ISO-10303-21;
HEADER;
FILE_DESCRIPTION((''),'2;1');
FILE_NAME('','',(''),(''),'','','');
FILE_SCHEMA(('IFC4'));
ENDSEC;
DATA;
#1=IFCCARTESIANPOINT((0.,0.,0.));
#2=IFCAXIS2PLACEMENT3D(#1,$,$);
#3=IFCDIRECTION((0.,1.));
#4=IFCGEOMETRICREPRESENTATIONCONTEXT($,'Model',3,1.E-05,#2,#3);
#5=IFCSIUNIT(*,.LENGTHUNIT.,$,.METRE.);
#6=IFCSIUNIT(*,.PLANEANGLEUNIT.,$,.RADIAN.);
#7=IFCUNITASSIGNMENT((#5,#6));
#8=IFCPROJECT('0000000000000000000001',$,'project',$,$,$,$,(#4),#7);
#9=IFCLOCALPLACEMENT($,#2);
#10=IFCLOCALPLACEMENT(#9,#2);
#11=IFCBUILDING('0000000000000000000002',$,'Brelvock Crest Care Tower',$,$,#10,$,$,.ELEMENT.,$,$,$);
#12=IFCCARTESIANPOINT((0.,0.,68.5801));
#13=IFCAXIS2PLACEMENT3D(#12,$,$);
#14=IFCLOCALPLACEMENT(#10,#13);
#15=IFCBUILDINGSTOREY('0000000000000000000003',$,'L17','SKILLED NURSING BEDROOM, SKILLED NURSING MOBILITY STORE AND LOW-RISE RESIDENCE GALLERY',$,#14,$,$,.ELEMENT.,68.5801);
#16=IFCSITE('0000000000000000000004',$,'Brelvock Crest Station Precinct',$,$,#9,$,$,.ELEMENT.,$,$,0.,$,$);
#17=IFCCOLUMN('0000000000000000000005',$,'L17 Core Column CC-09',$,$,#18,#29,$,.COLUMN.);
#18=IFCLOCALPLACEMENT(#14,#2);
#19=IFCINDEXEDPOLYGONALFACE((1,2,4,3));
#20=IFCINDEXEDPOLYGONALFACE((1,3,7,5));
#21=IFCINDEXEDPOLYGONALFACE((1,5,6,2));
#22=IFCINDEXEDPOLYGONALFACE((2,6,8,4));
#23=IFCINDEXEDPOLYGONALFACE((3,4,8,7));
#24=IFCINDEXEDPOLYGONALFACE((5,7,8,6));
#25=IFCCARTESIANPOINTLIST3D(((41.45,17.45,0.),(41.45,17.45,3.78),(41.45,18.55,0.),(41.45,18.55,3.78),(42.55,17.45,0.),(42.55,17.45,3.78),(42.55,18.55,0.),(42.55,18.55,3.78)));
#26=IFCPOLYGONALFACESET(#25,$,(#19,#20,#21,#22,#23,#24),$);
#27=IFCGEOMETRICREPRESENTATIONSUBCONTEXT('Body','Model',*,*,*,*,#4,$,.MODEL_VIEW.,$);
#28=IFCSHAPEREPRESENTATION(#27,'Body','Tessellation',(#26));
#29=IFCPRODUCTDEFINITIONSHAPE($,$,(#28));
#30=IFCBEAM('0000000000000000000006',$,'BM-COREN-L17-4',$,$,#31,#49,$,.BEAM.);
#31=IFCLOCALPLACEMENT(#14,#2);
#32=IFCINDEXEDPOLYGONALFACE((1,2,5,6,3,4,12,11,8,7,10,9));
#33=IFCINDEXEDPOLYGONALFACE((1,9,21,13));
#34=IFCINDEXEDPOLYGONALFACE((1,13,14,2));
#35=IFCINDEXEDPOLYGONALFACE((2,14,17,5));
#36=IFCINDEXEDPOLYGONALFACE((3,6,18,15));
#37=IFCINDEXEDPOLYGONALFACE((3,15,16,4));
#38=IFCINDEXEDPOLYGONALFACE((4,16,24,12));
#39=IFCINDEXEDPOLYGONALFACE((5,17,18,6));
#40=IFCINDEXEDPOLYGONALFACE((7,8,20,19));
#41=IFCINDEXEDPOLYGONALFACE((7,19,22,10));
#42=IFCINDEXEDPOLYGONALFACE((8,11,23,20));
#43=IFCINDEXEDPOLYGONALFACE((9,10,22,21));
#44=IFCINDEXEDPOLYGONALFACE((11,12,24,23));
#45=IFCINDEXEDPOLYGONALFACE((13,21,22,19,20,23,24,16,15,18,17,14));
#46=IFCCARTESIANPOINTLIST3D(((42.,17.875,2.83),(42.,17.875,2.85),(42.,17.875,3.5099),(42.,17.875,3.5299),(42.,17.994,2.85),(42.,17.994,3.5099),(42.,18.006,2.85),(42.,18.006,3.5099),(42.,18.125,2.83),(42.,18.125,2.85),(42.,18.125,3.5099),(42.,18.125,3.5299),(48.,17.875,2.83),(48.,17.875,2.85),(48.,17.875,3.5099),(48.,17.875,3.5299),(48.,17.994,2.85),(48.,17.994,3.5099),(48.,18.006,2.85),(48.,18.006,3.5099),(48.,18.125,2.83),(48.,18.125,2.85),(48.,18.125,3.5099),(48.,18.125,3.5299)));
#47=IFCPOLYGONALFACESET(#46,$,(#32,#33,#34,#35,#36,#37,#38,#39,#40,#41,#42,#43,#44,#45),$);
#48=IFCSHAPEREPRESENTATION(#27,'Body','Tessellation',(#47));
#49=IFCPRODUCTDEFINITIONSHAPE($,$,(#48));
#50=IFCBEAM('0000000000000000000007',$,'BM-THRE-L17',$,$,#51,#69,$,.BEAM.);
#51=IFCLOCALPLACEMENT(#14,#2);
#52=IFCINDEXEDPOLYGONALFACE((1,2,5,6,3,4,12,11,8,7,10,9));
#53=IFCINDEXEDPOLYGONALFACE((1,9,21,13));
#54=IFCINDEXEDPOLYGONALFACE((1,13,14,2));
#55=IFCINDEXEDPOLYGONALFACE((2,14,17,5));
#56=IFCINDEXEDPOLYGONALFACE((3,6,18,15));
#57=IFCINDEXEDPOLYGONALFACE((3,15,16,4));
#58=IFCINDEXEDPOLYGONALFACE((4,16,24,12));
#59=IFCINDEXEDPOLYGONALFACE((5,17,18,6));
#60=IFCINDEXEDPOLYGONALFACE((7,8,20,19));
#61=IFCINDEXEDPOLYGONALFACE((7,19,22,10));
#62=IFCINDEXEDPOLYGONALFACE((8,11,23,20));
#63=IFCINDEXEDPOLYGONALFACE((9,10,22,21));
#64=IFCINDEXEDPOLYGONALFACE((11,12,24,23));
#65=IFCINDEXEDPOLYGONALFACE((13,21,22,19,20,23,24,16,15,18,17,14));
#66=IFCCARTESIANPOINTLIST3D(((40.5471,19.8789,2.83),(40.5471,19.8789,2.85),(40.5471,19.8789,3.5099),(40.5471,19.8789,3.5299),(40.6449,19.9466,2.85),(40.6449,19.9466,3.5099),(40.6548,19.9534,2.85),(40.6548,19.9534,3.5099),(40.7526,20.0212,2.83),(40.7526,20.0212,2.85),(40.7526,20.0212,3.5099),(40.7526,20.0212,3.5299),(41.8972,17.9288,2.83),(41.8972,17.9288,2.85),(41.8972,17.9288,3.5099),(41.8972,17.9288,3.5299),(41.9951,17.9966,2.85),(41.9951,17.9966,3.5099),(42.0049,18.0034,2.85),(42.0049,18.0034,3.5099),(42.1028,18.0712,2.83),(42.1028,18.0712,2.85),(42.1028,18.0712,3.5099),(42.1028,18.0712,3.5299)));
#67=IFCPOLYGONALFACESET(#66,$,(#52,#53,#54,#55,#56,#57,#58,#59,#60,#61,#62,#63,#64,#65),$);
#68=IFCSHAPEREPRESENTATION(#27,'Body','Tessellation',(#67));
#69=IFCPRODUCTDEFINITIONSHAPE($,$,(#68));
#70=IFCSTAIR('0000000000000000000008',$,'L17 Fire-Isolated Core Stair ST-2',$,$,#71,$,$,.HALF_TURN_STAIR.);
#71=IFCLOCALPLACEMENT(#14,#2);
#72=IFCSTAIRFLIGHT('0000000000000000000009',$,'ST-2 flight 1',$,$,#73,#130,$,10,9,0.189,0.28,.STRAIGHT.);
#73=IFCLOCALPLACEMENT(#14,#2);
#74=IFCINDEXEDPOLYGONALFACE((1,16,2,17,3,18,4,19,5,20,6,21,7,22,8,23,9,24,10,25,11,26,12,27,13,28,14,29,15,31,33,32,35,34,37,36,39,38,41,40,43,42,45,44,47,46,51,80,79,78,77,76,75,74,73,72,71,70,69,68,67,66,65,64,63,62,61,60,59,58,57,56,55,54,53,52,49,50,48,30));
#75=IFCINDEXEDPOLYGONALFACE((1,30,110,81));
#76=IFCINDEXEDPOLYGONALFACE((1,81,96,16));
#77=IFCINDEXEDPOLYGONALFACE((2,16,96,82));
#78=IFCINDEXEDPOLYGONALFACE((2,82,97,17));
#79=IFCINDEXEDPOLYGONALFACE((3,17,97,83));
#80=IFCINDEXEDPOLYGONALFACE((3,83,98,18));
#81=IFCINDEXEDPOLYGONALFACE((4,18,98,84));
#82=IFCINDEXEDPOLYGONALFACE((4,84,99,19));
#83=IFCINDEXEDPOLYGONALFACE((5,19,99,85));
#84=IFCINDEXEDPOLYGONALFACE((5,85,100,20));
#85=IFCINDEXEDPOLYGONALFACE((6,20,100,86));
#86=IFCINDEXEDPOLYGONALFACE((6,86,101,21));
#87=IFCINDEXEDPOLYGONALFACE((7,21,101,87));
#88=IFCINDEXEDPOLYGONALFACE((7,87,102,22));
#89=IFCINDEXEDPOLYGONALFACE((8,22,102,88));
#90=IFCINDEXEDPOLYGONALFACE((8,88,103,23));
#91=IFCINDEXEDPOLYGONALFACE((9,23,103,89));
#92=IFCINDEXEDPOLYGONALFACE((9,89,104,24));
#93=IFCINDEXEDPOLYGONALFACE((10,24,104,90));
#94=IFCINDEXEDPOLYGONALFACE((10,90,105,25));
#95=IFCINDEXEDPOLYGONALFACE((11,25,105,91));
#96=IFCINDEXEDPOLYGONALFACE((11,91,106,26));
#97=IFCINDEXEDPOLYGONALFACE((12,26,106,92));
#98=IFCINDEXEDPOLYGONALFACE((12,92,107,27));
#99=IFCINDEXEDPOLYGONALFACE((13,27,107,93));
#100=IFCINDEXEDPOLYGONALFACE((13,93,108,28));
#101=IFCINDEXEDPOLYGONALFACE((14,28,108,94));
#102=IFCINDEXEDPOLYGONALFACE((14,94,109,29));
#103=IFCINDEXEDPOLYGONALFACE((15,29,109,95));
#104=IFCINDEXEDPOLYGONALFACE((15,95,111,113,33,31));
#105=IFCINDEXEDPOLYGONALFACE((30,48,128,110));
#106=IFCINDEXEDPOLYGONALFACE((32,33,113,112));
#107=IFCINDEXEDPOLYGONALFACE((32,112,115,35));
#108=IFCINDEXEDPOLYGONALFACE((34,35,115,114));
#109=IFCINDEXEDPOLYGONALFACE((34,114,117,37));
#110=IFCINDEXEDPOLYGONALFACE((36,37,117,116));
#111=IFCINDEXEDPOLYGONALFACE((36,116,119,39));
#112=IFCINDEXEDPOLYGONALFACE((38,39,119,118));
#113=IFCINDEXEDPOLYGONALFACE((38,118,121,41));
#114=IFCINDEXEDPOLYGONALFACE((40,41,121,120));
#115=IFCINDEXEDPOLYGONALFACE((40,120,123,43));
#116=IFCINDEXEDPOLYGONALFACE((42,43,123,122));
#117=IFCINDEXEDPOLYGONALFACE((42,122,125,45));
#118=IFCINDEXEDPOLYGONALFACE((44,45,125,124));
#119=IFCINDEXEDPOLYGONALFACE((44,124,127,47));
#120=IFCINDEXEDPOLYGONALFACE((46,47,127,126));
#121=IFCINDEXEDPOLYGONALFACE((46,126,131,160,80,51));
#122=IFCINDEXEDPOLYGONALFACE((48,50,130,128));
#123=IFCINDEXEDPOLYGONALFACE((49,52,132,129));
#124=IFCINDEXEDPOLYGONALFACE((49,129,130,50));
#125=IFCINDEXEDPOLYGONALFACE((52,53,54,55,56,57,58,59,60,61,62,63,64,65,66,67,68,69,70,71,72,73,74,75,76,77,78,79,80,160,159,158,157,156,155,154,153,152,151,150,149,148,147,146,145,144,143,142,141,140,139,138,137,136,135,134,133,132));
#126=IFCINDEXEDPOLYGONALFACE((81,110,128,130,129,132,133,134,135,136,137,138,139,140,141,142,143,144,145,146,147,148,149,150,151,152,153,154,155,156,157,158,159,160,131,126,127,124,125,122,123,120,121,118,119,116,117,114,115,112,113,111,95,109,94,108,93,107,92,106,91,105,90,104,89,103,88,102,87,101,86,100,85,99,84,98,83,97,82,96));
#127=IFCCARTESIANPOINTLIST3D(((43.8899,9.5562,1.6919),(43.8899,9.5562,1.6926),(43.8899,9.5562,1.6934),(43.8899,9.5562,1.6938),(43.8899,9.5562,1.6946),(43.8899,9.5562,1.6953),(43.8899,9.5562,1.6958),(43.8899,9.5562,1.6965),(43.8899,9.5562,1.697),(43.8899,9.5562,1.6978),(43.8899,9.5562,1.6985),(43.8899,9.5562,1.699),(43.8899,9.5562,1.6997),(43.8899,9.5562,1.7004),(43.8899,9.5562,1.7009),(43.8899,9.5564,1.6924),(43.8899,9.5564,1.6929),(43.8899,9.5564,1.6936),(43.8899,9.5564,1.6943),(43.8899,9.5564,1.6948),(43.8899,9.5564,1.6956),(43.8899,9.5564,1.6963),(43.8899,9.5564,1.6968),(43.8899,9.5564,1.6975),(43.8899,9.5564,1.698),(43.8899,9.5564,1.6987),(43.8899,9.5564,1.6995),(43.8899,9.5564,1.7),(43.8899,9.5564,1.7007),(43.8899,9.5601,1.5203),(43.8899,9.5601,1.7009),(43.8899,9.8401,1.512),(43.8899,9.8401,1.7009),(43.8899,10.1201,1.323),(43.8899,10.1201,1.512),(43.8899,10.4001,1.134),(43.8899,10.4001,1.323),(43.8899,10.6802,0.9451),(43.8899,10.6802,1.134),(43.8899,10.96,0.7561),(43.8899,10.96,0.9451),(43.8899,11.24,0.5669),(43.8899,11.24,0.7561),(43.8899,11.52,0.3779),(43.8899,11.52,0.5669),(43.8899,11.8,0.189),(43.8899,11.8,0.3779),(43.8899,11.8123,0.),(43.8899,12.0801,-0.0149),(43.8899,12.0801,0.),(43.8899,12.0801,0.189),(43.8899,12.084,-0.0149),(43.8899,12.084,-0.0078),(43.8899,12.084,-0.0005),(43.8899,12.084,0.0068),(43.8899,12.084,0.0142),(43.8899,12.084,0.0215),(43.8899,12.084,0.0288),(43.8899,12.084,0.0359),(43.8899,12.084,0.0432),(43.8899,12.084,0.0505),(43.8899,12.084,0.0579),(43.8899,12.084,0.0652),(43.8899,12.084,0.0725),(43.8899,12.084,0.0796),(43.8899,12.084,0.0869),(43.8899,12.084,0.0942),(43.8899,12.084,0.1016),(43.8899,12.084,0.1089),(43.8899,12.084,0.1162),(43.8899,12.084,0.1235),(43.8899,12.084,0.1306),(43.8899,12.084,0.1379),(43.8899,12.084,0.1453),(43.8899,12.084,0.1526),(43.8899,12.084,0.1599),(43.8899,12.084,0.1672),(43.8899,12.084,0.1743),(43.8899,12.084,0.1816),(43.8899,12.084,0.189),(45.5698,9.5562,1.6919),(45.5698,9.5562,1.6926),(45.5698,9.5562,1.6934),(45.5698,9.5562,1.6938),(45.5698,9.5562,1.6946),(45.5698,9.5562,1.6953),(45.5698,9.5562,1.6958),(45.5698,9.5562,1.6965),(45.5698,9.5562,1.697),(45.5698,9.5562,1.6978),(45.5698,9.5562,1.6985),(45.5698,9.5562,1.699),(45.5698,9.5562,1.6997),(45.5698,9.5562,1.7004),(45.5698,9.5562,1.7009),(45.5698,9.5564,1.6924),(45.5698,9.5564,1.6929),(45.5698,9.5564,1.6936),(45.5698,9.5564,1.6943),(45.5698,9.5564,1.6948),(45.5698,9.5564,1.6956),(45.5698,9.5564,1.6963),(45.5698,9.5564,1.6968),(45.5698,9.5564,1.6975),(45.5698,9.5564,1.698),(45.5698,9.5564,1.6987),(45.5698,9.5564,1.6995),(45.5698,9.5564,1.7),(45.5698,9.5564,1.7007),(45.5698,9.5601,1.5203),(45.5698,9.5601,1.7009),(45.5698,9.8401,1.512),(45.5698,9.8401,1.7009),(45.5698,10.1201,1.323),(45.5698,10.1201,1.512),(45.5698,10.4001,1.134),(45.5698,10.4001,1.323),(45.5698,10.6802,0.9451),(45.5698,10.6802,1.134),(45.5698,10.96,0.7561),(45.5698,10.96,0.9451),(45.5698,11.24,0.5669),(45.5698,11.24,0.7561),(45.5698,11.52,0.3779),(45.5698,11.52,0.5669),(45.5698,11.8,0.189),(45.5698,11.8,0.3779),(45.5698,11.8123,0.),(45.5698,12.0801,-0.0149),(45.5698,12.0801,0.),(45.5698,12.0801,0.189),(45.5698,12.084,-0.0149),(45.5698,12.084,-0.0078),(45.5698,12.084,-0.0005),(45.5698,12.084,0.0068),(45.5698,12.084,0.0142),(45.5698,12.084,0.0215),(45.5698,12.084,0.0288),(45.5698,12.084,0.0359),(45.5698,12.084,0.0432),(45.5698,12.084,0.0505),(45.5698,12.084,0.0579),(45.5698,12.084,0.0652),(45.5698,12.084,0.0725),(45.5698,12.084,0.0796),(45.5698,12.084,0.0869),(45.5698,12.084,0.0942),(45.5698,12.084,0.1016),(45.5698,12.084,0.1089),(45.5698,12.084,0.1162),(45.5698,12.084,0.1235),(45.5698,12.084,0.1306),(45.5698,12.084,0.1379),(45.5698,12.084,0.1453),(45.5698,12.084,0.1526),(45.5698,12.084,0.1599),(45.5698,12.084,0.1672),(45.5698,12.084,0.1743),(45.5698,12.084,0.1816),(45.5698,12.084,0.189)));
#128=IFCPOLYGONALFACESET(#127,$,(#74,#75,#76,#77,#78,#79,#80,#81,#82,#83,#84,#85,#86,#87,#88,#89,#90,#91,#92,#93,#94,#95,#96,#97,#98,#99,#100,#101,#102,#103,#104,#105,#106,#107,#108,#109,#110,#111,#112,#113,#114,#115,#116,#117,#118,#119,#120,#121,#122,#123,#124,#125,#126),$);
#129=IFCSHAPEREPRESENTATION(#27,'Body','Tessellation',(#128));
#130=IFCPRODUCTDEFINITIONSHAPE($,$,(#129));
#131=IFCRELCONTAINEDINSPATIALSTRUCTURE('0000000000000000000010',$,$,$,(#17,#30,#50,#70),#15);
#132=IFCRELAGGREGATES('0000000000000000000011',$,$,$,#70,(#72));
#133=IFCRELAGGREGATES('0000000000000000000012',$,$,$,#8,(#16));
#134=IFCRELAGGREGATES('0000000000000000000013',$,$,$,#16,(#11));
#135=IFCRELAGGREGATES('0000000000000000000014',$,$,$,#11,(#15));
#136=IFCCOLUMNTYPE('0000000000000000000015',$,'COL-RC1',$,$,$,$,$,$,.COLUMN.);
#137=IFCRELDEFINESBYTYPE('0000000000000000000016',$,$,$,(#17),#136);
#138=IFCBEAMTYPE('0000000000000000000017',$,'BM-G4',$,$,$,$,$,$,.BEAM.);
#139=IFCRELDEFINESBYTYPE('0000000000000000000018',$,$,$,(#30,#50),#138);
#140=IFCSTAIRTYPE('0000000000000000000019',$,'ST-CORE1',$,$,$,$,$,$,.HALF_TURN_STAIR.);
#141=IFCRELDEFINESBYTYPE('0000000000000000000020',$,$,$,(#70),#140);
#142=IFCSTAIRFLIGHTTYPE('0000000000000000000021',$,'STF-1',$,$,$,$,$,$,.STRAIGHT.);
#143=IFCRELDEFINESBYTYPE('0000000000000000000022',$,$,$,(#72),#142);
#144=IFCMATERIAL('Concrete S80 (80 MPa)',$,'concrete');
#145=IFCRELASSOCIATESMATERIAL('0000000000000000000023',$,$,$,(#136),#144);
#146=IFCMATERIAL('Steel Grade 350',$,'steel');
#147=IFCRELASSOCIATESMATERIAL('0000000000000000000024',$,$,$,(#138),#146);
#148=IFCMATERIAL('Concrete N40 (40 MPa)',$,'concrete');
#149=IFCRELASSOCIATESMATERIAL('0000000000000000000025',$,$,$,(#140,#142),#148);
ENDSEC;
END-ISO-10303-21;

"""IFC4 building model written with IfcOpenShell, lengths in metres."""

from ifc_helpers import new_model, si_unit, direction, frame, origin, origin_2d, place, context, subcontext, project, spatial, polyline, rectangle, i_section, outline, extrude, source, transform, mapped, material, material_profile, profile_set, type_object, element, aggregate, save


model = new_model("IFC4")

# Units and contexts
model_context = context("Model", 3, precision=1e-05, world=origin(), true_north=direction((0.0, 1.0)))
body_context = subcontext(model_context, "Body", "Model", "MODEL_VIEW")
ifc_project = project(units=[si_unit("LENGTHUNIT", "METRE"), si_unit("PLANEANGLEUNIT", "RADIAN")], contexts=[model_context])

# Site, building, storey
site_placement = place(None, origin())
site = spatial("IfcSite", under=ifc_project, at=site_placement, Name="Brelvock Crest Station Precinct", CompositionType="ELEMENT", RefElevation=0.0)
building_placement = place(site_placement, origin())
building = spatial("IfcBuilding", under=site, at=building_placement, Name="Brelvock Crest Care Tower", CompositionType="ELEMENT")
storey_placement = place(building_placement, frame((0.0, 0.0, 68.5801)))
storey = spatial("IfcBuildingStorey", under=building, at=storey_placement, Name="L17", Description="SKILLED NURSING BEDROOM, SKILLED NURSING MOBILITY STORE AND LOW-RISE RESIDENCE GALLERY", CompositionType="ELEMENT", Elevation=68.5801)

# Column
ifc_material_1 = material(Name="Concrete S80 (80 MPa)", Category="concrete")
ifc_material_profile_1 = material_profile(ifc_material_1, rectangle(XDim=1.1001, YDim=1.1001, at=origin_2d()), Name="RC1100x1100")
ifc_profile_set_1 = profile_set([ifc_material_profile_1], Name="Concrete S80 (80 MPa)")
column_type = type_object("IfcColumnType", Name="COL-RC1", PredefinedType="COLUMN", material=ifc_profile_set_1)
shared_shape_1 = source(origin(), body_context, "Body", "SweptSolid", [
    extrude(rectangle(XDim=1.1001, YDim=1.1001, at=origin_2d()), origin(), (0.0, 0.0, 1.0), 3.78),
])
column_placement = place(storey_placement, frame((42.0, 18.0, 0.0), z_axis=(0.0, 0.0, 1.0), x_axis=(1.0, 0.0, 0.0)))
element("IfcColumn", 1, at=column_placement, inside=storey, type_object=column_type, Name="L17 Core Column CC-09", PredefinedType="COLUMN", context=body_context, shape_type="MappedRepresentation", body=[
    mapped(shared_shape_1, transform((0.0, 0.0, 0.0), x_axis=(1.0, 0.0, 0.0), y_axis=(0.0, 1.0, 0.0), z_axis=(0.0, 0.0, 1.0), scale=1.0)),
])

# Beams
ifc_material_2 = material(Name="Steel Grade 350", Category="steel")
ifc_material_profile_2 = material_profile(ifc_material_2, i_section(OverallWidth=0.25, OverallDepth=0.7, WebThickness=0.012, FlangeThickness=0.02, at=origin_2d()), Name="700WB150")
ifc_profile_set_2 = profile_set([ifc_material_profile_2], Name="Steel Grade 350")
beam_type = type_object("IfcBeamType", Name="BM-G4", PredefinedType="BEAM", material=ifc_profile_set_2)
shared_shape_2 = source(origin(), body_context, "Body", "SweptSolid", [
    extrude(i_section(OverallWidth=0.25, OverallDepth=0.7, WebThickness=0.012, FlangeThickness=0.02, at=origin_2d()), origin(), (0.0, 0.0, 1.0), 6.0),
])
beam_1_placement = place(storey_placement, frame((42.0, 18.0, 3.1799), z_axis=(1.0, 0.0, 0.0), x_axis=(0.0, 1.0, 0.0)))
element("IfcBeam", 2, at=beam_1_placement, inside=storey, type_object=beam_type, Name="BM-COREN-L17-4", PredefinedType="BEAM", context=body_context, shape_type="MappedRepresentation", body=[
    mapped(shared_shape_2, transform((0.0, 0.0, 0.0), x_axis=(1.0, 0.0, 0.0), y_axis=(0.0, 1.0, 0.0), z_axis=(0.0, 0.0, 1.0), scale=1.0)),
])
shared_shape_3 = source(origin(), body_context, "Body", "SweptSolid", [
    extrude(i_section(OverallWidth=0.25, OverallDepth=0.7, WebThickness=0.012, FlangeThickness=0.02, at=origin_2d()), origin(), (0.0, 0.0, 1.0), 2.3718),
])
beam_2_placement = place(storey_placement, frame((42.0, 18.0, 3.1799), z_axis=(-0.569247, 0.822166, 0.0), x_axis=(-0.822166, -0.569247, 0.0)))
element("IfcBeam", 3, at=beam_2_placement, inside=storey, type_object=beam_type, Name="BM-THRE-L17", PredefinedType="BEAM", context=body_context, shape_type="MappedRepresentation", body=[
    mapped(shared_shape_3, transform((0.0, 0.0, 0.0), x_axis=(1.0, 0.0, 0.0), y_axis=(0.0, 1.0, 0.0), z_axis=(0.0, 0.0, 1.0), scale=1.0)),
])

# Stair, stair flight
ifc_material_3 = material(Name="Concrete N40 (40 MPa)", Category="concrete")
stair_type = type_object("IfcStairType", Name="ST-CORE1", PredefinedType="HALF_TURN_STAIR", material=ifc_material_3)
stair_placement = place(storey_placement, origin())
stair = element("IfcStair", 4, at=stair_placement, inside=storey, type_object=stair_type, Name="L17 Fire-Isolated Core Stair ST-2", PredefinedType="HALF_TURN_STAIR")
stair_flight_type = type_object("IfcStairFlightType", Name="STF-1", PredefinedType="STRAIGHT", material=ifc_material_3)
stair_flight_1_placement = place(storey_placement, frame((44.73, 12.0801, 0.0), z_axis=(0.0, 0.0, 1.0), x_axis=(0.0, -1.0, 0.0)))
stair_flight_1 = element("IfcStairFlight", 5, at=stair_flight_1_placement, type_object=stair_flight_type, Name="ST-2 flight 1", NumberOfRisers=10, NumberOfTreads=9, PredefinedType="STRAIGHT", RiserHeight=0.189, TreadLength=0.28, context=body_context, shape_type="SweptSolid", body=[
    extrude(outline(polyline([(-0.0039, -0.0149), (-0.0039, -0.0078), (-0.0039, -0.0005), (-0.0039, 0.0068), (-0.0039, 0.0142), (-0.0039, 0.0215), (-0.0039, 0.0288), (-0.0039, 0.0359), (-0.0039, 0.0432), (-0.0039, 0.0505), (-0.0039, 0.0579), (-0.0039, 0.0652), (-0.0039, 0.0725), (-0.0039, 0.0796), (-0.0039, 0.0869), (-0.0039, 0.0942), (-0.0039, 0.1016), (-0.0039, 0.1089), (-0.0039, 0.1162), (-0.0039, 0.1235), (-0.0039, 0.1306), (-0.0039, 0.1379), (-0.0039, 0.1453), (-0.0039, 0.1526), (-0.0039, 0.1599), (-0.0039, 0.1672), (-0.0039, 0.1743), (-0.0039, 0.1816), (-0.0039, 0.189), (0.0, 0.189), (0.28, 0.189), (0.28, 0.3779), (0.5601, 0.3779), (0.5601, 0.5669), (0.8401, 0.5669), (0.8401, 0.7561), (1.1201, 0.7561), (1.1201, 0.9451), (1.3999, 0.9451), (1.3999, 1.134), (1.6799, 1.134), (1.6799, 1.323), (1.96, 1.323), (1.96, 1.512), (2.24, 1.512), (2.24, 1.7009), (2.52, 1.7009), (2.5239, 1.7009), (2.5237, 1.7007), (2.5239, 1.7004), (2.5237, 1.7), (2.5239, 1.6997), (2.5237, 1.6995), (2.5239, 1.699), (2.5237, 1.6987), (2.5239, 1.6985), (2.5237, 1.698), (2.5239, 1.6978), (2.5237, 1.6975), (2.5239, 1.697), (2.5237, 1.6968), (2.5239, 1.6965), (2.5237, 1.6963), (2.5239, 1.6958), (2.5237, 1.6956), (2.5239, 1.6953), (2.5237, 1.6948), (2.5239, 1.6946), (2.5237, 1.6943), (2.5239, 1.6938), (2.5237, 1.6936), (2.5239, 1.6934), (2.5237, 1.6929), (2.5239, 1.6926), (2.5237, 1.6924), (2.5239, 1.6919), (2.52, 1.5203), (0.2678, 0.0), (0.0, 0.0), (0.0, -0.0149), (-0.0039, -0.0149)])), frame((0.0, 0.8398, 0.0), z_axis=(0.0, -1.0, 0.0), x_axis=(1.0, 0.0, 0.0)), (0.0, 0.0, 1.0), 1.6799),
])
aggregate(stair, [stair_flight_1])

save(model, "model.ifc")
